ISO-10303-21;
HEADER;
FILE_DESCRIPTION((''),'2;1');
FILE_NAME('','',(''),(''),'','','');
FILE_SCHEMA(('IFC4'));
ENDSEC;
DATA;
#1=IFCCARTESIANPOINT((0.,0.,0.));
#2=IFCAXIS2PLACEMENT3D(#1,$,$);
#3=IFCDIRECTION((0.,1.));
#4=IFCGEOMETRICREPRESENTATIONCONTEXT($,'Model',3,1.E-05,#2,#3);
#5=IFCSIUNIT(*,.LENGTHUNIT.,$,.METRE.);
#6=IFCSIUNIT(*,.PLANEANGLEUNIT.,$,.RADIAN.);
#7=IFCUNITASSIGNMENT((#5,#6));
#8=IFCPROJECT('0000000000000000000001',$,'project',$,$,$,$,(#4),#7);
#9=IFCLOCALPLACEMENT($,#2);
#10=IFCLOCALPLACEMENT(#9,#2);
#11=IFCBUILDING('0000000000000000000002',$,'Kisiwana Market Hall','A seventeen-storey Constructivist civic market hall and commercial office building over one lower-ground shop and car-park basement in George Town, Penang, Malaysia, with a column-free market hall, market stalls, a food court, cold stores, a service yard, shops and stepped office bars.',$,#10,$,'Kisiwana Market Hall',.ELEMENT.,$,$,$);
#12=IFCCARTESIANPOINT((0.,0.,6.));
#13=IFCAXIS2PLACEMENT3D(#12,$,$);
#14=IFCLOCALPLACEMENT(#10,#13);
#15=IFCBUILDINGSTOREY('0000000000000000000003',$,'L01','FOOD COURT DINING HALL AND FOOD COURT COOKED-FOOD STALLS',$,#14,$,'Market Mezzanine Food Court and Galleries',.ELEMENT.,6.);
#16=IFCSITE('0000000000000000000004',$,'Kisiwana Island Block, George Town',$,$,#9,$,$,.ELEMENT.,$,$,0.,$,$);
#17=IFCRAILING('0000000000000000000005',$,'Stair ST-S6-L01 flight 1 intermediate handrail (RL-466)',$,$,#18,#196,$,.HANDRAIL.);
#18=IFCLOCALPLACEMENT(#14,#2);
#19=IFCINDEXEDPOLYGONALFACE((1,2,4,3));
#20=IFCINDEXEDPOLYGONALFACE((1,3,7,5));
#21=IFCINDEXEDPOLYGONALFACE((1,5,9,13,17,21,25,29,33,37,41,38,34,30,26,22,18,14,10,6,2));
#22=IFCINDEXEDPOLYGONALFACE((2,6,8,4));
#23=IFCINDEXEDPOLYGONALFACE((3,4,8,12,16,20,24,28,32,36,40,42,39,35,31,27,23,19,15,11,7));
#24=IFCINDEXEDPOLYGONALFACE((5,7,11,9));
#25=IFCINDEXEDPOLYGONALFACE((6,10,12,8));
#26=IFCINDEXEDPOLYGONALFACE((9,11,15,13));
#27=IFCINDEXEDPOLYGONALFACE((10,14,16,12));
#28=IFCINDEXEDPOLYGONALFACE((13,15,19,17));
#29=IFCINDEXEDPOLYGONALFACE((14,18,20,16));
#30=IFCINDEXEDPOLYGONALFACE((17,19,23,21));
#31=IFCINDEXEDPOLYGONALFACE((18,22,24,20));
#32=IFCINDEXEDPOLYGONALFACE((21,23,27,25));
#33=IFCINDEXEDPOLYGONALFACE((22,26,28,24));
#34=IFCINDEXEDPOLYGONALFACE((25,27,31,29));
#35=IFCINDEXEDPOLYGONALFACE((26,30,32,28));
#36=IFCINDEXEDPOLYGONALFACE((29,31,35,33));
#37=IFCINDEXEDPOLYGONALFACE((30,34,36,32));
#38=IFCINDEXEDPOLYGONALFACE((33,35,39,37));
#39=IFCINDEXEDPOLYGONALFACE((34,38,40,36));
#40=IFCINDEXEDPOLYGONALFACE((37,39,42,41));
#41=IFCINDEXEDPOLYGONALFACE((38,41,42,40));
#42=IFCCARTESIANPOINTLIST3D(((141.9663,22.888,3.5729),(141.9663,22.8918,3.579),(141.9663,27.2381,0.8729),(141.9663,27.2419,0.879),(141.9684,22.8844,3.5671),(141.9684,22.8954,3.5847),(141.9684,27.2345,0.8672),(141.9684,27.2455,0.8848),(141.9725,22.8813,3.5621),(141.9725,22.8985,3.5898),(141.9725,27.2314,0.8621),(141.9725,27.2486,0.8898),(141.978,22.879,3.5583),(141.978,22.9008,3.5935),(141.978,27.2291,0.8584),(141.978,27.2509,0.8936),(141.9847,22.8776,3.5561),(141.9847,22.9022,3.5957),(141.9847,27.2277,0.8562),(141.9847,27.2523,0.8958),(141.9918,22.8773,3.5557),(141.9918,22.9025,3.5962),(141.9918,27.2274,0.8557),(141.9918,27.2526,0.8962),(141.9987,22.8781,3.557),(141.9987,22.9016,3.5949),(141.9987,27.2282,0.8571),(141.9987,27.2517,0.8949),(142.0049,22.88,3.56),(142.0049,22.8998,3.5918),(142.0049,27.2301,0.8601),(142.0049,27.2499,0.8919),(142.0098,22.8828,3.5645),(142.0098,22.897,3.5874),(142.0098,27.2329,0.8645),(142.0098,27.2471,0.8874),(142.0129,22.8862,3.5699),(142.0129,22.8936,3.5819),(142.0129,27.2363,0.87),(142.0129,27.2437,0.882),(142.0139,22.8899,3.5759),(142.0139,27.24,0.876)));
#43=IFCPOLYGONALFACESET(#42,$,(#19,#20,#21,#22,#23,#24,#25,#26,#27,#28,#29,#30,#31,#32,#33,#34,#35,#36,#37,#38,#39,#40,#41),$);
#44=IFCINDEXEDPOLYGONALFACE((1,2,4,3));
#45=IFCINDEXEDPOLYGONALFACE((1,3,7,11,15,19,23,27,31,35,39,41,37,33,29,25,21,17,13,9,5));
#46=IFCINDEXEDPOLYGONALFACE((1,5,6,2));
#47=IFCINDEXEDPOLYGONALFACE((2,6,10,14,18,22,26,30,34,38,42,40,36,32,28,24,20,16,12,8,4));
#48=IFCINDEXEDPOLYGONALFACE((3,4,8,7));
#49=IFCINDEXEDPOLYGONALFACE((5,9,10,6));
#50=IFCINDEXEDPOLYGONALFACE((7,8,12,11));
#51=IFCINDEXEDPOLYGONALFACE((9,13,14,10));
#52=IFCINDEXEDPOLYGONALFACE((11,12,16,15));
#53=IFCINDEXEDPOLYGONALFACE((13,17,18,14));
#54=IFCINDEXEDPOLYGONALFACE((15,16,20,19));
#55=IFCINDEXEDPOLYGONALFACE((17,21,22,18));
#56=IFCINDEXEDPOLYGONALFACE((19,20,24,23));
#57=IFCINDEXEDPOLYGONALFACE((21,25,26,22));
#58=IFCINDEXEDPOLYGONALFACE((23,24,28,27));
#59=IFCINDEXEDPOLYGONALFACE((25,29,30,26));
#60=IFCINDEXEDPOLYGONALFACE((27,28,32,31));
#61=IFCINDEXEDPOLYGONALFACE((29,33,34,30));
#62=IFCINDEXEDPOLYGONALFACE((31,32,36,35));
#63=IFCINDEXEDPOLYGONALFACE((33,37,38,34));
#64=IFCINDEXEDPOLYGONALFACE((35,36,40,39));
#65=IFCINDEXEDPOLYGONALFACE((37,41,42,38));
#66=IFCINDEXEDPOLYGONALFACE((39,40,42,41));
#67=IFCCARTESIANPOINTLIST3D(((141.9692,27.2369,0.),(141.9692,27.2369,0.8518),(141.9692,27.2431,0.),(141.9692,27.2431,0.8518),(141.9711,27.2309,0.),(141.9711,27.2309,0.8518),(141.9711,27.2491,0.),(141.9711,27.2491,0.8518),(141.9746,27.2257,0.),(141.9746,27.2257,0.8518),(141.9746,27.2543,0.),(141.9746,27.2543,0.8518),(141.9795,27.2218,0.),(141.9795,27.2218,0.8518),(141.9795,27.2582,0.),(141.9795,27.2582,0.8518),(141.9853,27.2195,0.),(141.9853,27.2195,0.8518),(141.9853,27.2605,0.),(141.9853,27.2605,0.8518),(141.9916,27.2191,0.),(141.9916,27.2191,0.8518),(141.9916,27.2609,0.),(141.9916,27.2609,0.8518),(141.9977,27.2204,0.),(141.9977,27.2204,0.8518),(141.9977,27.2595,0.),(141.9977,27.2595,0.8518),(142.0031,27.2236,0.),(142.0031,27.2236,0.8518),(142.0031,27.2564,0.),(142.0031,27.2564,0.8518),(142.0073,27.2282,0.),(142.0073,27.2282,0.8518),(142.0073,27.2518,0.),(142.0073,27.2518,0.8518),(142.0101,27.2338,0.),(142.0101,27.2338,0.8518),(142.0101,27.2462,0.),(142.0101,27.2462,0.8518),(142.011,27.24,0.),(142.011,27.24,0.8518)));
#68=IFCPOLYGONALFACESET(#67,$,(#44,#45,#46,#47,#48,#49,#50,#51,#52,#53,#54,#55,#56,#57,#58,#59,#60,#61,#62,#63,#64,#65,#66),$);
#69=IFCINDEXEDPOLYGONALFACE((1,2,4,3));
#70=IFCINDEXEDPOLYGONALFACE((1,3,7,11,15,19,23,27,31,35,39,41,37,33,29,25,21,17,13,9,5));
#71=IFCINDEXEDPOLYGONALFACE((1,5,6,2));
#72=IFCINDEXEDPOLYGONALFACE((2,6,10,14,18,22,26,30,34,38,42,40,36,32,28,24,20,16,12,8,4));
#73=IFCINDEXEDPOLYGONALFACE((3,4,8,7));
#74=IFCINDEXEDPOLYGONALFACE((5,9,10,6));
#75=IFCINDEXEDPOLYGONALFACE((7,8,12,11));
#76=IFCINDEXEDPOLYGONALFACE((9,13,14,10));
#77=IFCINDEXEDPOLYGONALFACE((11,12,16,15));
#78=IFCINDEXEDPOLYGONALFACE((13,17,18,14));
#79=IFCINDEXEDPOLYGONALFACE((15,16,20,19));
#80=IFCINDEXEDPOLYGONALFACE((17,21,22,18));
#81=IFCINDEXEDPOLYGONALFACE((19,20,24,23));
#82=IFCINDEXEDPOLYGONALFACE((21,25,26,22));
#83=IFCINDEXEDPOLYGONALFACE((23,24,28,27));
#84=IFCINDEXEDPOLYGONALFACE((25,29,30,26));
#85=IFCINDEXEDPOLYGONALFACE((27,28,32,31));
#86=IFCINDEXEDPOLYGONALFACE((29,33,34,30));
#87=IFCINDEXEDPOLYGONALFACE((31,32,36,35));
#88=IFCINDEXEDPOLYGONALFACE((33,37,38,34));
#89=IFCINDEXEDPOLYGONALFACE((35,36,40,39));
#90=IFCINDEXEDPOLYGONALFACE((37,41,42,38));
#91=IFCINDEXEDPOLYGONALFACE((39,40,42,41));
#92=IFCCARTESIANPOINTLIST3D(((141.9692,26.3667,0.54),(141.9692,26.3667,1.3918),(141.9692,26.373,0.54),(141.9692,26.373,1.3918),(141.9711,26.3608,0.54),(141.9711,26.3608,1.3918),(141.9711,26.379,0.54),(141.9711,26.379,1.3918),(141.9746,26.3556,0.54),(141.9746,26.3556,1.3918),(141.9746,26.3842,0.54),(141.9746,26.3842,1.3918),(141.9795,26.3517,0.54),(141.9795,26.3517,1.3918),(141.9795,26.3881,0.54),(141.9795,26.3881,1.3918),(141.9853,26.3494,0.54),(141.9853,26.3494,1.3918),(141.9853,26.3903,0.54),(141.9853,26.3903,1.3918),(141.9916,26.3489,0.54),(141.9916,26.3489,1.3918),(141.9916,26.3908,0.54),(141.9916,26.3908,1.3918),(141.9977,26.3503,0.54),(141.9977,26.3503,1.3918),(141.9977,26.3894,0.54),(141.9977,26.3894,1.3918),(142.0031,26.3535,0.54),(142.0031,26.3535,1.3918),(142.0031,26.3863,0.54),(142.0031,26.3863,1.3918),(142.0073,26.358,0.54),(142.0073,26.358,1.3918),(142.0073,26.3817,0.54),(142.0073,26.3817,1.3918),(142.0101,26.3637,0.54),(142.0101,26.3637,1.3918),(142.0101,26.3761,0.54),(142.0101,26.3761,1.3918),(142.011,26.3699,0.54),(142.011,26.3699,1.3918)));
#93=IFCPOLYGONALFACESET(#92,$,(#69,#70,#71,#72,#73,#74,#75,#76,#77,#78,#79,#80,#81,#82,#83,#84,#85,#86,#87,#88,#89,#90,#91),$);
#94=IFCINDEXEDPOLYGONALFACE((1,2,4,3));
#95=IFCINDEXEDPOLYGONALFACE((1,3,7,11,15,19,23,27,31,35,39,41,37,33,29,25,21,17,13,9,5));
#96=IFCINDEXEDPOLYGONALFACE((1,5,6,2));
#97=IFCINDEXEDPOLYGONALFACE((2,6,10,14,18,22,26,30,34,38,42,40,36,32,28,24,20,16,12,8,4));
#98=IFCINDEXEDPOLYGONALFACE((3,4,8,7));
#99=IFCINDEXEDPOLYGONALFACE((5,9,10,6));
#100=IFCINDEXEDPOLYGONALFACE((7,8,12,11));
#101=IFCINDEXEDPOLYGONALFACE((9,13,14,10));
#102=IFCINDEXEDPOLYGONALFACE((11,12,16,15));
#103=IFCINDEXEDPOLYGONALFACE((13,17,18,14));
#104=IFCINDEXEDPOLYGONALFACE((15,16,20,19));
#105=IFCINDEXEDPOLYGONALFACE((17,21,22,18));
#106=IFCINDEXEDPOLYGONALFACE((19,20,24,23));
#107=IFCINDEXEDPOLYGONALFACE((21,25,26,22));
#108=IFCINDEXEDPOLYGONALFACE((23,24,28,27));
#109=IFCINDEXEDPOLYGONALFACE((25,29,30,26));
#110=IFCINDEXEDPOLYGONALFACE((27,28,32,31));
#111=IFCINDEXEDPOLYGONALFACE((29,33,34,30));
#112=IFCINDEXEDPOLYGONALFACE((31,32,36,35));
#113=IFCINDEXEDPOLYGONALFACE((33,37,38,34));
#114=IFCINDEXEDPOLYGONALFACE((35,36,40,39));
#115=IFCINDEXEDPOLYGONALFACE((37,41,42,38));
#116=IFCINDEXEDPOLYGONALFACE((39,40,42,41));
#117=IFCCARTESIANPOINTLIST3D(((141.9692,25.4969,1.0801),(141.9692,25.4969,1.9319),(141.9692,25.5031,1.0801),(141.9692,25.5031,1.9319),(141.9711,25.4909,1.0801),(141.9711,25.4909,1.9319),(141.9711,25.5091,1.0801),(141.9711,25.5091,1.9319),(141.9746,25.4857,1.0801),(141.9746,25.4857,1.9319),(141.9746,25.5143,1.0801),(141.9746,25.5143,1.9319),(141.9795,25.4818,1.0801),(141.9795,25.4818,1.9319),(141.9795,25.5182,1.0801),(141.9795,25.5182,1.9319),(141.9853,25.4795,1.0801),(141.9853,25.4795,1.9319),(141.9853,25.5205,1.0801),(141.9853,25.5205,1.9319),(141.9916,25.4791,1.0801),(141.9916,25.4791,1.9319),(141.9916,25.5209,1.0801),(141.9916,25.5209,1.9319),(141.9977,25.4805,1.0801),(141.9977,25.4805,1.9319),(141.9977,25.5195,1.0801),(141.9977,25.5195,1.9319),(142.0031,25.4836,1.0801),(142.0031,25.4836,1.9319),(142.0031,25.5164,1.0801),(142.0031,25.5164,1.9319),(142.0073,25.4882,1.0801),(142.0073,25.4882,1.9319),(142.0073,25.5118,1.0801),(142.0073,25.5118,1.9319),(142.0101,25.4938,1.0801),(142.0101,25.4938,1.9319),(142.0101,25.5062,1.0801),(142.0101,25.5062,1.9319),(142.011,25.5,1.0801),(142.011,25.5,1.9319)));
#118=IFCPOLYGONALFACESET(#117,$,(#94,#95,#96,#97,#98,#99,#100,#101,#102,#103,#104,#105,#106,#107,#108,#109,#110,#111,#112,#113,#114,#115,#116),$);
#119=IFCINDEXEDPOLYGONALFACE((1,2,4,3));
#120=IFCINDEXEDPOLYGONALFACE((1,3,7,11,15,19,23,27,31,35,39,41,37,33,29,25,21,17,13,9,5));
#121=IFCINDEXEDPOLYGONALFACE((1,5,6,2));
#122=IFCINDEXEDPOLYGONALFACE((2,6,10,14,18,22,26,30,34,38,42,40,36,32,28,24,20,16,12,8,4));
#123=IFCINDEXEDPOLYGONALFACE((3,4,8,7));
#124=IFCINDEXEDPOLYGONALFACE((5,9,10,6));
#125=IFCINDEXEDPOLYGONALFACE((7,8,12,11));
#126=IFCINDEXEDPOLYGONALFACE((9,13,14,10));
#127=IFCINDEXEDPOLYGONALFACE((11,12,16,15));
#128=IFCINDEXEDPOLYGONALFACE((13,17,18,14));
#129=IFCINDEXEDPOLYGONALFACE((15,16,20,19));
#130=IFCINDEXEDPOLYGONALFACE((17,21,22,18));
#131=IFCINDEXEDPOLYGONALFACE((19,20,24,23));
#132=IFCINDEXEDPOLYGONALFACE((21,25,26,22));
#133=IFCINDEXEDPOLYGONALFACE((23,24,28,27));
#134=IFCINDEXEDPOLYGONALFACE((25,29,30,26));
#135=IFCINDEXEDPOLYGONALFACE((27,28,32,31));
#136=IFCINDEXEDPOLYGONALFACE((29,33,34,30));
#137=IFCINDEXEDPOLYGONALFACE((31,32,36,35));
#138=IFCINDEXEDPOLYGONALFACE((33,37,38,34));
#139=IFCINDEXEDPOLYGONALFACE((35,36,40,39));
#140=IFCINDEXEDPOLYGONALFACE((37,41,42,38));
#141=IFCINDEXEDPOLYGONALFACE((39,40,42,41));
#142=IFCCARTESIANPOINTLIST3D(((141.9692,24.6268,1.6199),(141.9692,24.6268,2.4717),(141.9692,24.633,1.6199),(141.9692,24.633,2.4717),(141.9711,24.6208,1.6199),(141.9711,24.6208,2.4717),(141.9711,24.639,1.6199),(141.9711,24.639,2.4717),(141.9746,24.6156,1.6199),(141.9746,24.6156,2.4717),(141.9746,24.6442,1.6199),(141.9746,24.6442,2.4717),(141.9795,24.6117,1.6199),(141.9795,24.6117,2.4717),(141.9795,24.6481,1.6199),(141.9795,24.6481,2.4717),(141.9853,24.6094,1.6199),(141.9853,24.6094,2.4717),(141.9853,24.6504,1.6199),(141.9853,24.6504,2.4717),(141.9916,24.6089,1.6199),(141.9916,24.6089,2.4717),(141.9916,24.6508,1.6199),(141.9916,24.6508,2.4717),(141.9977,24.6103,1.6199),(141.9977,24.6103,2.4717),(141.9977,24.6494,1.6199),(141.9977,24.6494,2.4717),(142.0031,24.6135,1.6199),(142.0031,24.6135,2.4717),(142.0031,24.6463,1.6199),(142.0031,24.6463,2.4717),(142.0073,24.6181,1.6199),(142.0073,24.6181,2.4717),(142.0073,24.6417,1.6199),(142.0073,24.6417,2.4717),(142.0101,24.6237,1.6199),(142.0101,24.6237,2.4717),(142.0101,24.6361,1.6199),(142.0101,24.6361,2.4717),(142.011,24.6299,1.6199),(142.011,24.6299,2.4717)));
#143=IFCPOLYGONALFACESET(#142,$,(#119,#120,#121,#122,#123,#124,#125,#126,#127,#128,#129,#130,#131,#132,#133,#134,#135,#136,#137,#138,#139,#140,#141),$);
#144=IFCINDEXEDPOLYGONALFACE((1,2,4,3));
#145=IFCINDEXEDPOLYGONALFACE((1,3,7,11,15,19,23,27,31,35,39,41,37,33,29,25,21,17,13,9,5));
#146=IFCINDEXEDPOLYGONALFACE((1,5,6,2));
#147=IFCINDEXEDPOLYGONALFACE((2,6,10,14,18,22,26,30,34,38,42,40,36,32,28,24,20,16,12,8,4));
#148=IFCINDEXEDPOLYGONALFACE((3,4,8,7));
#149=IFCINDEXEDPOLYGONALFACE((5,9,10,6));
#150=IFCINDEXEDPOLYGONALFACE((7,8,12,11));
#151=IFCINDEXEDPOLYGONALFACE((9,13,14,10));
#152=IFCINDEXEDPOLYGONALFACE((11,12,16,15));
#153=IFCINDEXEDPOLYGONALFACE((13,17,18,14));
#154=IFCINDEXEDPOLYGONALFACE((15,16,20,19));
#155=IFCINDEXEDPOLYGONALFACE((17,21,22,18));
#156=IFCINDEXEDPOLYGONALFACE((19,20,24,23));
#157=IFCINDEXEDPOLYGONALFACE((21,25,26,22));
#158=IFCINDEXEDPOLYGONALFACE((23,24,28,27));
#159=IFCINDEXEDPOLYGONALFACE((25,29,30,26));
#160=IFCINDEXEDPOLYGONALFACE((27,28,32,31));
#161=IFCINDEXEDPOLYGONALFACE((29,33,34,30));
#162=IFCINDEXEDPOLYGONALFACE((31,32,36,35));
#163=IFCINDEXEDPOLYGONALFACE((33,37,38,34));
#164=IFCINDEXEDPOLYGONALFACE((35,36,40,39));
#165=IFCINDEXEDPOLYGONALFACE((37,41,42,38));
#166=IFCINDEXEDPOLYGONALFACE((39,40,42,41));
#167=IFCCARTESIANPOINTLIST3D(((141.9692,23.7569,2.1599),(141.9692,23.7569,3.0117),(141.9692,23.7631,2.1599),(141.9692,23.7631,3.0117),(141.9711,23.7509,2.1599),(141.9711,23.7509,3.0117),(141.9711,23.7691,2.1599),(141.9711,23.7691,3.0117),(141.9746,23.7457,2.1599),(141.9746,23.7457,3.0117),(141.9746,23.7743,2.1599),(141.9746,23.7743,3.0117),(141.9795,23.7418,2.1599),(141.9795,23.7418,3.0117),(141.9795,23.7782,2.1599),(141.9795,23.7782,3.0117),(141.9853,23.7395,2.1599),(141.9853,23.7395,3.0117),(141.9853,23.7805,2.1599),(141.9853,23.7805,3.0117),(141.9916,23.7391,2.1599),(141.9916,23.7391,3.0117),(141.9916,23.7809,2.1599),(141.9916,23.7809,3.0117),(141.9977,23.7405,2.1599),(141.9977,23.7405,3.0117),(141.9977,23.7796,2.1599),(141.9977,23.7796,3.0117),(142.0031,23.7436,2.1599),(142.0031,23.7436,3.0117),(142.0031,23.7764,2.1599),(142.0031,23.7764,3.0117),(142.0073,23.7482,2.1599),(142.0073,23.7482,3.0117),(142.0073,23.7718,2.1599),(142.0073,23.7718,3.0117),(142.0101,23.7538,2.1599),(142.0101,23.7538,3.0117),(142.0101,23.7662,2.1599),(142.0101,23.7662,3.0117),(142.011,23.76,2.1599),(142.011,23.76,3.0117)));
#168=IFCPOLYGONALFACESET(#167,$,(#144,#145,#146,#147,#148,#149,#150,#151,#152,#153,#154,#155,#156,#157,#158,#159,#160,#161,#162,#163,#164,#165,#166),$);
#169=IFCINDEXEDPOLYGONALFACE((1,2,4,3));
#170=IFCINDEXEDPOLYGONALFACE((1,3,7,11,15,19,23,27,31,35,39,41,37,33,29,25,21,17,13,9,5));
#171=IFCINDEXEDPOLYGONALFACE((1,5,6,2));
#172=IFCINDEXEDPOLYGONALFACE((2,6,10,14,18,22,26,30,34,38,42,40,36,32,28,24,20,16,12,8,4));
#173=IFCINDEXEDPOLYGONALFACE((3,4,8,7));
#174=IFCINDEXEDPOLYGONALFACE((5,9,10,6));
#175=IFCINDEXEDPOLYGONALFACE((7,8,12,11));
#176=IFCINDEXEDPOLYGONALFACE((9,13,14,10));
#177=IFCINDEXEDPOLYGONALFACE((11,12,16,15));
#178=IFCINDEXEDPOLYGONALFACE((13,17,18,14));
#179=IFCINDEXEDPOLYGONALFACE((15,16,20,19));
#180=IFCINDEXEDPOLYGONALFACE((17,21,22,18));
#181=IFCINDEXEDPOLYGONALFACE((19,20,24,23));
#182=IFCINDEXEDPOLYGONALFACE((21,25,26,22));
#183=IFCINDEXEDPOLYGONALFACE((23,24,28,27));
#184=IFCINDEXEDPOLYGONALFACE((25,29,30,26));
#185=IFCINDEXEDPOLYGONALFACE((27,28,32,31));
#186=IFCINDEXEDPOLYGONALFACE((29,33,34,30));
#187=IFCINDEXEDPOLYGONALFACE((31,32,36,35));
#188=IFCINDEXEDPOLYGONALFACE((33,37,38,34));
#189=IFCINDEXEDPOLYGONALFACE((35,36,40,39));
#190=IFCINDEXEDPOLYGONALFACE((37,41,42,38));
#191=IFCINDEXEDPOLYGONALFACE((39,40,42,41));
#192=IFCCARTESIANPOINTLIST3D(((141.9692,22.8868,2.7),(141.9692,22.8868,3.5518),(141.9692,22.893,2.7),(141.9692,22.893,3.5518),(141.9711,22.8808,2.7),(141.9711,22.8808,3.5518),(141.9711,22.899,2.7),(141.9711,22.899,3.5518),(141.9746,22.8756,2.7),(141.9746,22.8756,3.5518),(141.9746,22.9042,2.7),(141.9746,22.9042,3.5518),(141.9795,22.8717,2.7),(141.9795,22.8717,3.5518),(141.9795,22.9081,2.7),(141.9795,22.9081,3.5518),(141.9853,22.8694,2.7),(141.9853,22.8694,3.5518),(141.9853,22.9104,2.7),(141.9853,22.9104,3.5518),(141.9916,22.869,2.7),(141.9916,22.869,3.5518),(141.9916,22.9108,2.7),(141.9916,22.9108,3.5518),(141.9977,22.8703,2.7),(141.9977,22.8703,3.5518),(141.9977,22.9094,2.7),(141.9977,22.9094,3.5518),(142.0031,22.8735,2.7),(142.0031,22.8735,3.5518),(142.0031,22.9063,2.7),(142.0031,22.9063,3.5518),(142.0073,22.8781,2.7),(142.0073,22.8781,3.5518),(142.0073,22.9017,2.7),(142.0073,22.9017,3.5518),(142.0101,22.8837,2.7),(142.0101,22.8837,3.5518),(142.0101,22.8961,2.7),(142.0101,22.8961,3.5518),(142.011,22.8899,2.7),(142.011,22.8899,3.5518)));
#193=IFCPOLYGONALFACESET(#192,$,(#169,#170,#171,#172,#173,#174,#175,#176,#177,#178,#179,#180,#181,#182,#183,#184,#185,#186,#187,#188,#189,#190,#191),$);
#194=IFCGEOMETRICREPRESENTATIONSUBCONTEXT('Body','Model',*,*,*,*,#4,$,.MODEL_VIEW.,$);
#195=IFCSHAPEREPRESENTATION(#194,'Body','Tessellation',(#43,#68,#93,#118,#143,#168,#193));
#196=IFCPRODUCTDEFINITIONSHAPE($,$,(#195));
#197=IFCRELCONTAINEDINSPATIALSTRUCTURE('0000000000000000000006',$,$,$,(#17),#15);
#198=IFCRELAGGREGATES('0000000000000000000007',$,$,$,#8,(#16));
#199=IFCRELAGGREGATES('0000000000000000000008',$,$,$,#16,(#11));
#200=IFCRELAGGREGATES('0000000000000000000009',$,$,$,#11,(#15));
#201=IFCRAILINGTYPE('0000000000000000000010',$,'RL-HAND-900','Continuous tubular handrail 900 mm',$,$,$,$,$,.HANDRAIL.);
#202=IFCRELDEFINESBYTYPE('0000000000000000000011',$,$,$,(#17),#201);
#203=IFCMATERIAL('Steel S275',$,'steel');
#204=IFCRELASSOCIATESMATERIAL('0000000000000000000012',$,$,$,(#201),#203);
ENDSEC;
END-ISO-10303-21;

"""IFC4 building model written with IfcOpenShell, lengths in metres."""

from ifc_helpers import new_model, si_unit, direction, frame, origin, origin_2d, place, context, subcontext, project, spatial, circle, extrude, material, type_object, element, save


model = new_model("IFC4")

# Units and contexts
model_context = context("Model", 3, precision=1e-05, world=origin(), true_north=direction((0.0, 1.0)))
body_context = subcontext(model_context, "Body", "Model", "MODEL_VIEW")
ifc_project = project(units=[si_unit("LENGTHUNIT", "METRE"), si_unit("PLANEANGLEUNIT", "RADIAN")], contexts=[model_context])

# Site, building, storey
site_placement = place(None, origin())
site = spatial("IfcSite", under=ifc_project, at=site_placement, Name="Kisiwana Island Block, George Town", CompositionType="ELEMENT", RefElevation=0.0)
building_placement = place(site_placement, origin())
building = spatial("IfcBuilding", under=site, at=building_placement, Name="Kisiwana Market Hall", Description="A seventeen-storey Constructivist civic market hall and commercial office building over one lower-ground shop and car-park basement in George Town, Penang, Malaysia, with a column-free market hall, market stalls, a food court, cold stores, a service yard, shops and stepped office bars.", LongName="Kisiwana Market Hall", CompositionType="ELEMENT")
storey_placement = place(building_placement, frame((0.0, 0.0, 6.0)))
storey = spatial("IfcBuildingStorey", under=building, at=storey_placement, Name="L01", Description="FOOD COURT DINING HALL AND FOOD COURT COOKED-FOOD STALLS", LongName="Market Mezzanine Food Court and Galleries", CompositionType="ELEMENT", Elevation=6.0)

# Railing
ifc_material_1 = material(Name="Steel S275", Category="steel")
railing_type_1 = type_object("IfcRailingType", Name="RL-HAND-900", Description="Continuous tubular handrail 900 mm", PredefinedType="HANDRAIL", material=ifc_material_1)
railing_1_placement = place(storey_placement, frame((141.99, 27.24, 0.0)))
element("IfcRailing", 1, at=railing_1_placement, inside=storey, type_object=railing_type_1, Name="Stair ST-S6-L01 flight 1 intermediate handrail (RL-466)", PredefinedType="HANDRAIL", context=body_context, shape_type="SweptSolid", body=[
    extrude(circle(Radius=0.0239, at=origin_2d()), frame((0.0, 0.0, 0.876), z_axis=(0.0, -0.84965, 0.527347), x_axis=(1.0, 0.0, 0.0)), (0.0, 0.0, 1.0), 5.1199),
    extrude(circle(Radius=0.021, at=origin_2d()), origin(), (0.0, 0.0, 1.0), 0.8518),
    extrude(circle(Radius=0.021, at=origin_2d()), frame((0.0, -0.8701, 0.54)), (0.0, 0.0, 1.0), 0.8518),
    extrude(circle(Radius=0.021, at=origin_2d()), frame((0.0, -1.74, 1.0801)), (0.0, 0.0, 1.0), 0.8518),
    extrude(circle(Radius=0.021, at=origin_2d()), frame((0.0, -2.6101, 1.6199)), (0.0, 0.0, 1.0), 0.8518),
    extrude(circle(Radius=0.021, at=origin_2d()), frame((0.0, -3.48, 2.1599)), (0.0, 0.0, 1.0), 0.8518),
    extrude(circle(Radius=0.021, at=origin_2d()), frame((0.0, -4.3501, 2.7)), (0.0, 0.0, 1.0), 0.8518),
])

save(model, "model.ifc")
